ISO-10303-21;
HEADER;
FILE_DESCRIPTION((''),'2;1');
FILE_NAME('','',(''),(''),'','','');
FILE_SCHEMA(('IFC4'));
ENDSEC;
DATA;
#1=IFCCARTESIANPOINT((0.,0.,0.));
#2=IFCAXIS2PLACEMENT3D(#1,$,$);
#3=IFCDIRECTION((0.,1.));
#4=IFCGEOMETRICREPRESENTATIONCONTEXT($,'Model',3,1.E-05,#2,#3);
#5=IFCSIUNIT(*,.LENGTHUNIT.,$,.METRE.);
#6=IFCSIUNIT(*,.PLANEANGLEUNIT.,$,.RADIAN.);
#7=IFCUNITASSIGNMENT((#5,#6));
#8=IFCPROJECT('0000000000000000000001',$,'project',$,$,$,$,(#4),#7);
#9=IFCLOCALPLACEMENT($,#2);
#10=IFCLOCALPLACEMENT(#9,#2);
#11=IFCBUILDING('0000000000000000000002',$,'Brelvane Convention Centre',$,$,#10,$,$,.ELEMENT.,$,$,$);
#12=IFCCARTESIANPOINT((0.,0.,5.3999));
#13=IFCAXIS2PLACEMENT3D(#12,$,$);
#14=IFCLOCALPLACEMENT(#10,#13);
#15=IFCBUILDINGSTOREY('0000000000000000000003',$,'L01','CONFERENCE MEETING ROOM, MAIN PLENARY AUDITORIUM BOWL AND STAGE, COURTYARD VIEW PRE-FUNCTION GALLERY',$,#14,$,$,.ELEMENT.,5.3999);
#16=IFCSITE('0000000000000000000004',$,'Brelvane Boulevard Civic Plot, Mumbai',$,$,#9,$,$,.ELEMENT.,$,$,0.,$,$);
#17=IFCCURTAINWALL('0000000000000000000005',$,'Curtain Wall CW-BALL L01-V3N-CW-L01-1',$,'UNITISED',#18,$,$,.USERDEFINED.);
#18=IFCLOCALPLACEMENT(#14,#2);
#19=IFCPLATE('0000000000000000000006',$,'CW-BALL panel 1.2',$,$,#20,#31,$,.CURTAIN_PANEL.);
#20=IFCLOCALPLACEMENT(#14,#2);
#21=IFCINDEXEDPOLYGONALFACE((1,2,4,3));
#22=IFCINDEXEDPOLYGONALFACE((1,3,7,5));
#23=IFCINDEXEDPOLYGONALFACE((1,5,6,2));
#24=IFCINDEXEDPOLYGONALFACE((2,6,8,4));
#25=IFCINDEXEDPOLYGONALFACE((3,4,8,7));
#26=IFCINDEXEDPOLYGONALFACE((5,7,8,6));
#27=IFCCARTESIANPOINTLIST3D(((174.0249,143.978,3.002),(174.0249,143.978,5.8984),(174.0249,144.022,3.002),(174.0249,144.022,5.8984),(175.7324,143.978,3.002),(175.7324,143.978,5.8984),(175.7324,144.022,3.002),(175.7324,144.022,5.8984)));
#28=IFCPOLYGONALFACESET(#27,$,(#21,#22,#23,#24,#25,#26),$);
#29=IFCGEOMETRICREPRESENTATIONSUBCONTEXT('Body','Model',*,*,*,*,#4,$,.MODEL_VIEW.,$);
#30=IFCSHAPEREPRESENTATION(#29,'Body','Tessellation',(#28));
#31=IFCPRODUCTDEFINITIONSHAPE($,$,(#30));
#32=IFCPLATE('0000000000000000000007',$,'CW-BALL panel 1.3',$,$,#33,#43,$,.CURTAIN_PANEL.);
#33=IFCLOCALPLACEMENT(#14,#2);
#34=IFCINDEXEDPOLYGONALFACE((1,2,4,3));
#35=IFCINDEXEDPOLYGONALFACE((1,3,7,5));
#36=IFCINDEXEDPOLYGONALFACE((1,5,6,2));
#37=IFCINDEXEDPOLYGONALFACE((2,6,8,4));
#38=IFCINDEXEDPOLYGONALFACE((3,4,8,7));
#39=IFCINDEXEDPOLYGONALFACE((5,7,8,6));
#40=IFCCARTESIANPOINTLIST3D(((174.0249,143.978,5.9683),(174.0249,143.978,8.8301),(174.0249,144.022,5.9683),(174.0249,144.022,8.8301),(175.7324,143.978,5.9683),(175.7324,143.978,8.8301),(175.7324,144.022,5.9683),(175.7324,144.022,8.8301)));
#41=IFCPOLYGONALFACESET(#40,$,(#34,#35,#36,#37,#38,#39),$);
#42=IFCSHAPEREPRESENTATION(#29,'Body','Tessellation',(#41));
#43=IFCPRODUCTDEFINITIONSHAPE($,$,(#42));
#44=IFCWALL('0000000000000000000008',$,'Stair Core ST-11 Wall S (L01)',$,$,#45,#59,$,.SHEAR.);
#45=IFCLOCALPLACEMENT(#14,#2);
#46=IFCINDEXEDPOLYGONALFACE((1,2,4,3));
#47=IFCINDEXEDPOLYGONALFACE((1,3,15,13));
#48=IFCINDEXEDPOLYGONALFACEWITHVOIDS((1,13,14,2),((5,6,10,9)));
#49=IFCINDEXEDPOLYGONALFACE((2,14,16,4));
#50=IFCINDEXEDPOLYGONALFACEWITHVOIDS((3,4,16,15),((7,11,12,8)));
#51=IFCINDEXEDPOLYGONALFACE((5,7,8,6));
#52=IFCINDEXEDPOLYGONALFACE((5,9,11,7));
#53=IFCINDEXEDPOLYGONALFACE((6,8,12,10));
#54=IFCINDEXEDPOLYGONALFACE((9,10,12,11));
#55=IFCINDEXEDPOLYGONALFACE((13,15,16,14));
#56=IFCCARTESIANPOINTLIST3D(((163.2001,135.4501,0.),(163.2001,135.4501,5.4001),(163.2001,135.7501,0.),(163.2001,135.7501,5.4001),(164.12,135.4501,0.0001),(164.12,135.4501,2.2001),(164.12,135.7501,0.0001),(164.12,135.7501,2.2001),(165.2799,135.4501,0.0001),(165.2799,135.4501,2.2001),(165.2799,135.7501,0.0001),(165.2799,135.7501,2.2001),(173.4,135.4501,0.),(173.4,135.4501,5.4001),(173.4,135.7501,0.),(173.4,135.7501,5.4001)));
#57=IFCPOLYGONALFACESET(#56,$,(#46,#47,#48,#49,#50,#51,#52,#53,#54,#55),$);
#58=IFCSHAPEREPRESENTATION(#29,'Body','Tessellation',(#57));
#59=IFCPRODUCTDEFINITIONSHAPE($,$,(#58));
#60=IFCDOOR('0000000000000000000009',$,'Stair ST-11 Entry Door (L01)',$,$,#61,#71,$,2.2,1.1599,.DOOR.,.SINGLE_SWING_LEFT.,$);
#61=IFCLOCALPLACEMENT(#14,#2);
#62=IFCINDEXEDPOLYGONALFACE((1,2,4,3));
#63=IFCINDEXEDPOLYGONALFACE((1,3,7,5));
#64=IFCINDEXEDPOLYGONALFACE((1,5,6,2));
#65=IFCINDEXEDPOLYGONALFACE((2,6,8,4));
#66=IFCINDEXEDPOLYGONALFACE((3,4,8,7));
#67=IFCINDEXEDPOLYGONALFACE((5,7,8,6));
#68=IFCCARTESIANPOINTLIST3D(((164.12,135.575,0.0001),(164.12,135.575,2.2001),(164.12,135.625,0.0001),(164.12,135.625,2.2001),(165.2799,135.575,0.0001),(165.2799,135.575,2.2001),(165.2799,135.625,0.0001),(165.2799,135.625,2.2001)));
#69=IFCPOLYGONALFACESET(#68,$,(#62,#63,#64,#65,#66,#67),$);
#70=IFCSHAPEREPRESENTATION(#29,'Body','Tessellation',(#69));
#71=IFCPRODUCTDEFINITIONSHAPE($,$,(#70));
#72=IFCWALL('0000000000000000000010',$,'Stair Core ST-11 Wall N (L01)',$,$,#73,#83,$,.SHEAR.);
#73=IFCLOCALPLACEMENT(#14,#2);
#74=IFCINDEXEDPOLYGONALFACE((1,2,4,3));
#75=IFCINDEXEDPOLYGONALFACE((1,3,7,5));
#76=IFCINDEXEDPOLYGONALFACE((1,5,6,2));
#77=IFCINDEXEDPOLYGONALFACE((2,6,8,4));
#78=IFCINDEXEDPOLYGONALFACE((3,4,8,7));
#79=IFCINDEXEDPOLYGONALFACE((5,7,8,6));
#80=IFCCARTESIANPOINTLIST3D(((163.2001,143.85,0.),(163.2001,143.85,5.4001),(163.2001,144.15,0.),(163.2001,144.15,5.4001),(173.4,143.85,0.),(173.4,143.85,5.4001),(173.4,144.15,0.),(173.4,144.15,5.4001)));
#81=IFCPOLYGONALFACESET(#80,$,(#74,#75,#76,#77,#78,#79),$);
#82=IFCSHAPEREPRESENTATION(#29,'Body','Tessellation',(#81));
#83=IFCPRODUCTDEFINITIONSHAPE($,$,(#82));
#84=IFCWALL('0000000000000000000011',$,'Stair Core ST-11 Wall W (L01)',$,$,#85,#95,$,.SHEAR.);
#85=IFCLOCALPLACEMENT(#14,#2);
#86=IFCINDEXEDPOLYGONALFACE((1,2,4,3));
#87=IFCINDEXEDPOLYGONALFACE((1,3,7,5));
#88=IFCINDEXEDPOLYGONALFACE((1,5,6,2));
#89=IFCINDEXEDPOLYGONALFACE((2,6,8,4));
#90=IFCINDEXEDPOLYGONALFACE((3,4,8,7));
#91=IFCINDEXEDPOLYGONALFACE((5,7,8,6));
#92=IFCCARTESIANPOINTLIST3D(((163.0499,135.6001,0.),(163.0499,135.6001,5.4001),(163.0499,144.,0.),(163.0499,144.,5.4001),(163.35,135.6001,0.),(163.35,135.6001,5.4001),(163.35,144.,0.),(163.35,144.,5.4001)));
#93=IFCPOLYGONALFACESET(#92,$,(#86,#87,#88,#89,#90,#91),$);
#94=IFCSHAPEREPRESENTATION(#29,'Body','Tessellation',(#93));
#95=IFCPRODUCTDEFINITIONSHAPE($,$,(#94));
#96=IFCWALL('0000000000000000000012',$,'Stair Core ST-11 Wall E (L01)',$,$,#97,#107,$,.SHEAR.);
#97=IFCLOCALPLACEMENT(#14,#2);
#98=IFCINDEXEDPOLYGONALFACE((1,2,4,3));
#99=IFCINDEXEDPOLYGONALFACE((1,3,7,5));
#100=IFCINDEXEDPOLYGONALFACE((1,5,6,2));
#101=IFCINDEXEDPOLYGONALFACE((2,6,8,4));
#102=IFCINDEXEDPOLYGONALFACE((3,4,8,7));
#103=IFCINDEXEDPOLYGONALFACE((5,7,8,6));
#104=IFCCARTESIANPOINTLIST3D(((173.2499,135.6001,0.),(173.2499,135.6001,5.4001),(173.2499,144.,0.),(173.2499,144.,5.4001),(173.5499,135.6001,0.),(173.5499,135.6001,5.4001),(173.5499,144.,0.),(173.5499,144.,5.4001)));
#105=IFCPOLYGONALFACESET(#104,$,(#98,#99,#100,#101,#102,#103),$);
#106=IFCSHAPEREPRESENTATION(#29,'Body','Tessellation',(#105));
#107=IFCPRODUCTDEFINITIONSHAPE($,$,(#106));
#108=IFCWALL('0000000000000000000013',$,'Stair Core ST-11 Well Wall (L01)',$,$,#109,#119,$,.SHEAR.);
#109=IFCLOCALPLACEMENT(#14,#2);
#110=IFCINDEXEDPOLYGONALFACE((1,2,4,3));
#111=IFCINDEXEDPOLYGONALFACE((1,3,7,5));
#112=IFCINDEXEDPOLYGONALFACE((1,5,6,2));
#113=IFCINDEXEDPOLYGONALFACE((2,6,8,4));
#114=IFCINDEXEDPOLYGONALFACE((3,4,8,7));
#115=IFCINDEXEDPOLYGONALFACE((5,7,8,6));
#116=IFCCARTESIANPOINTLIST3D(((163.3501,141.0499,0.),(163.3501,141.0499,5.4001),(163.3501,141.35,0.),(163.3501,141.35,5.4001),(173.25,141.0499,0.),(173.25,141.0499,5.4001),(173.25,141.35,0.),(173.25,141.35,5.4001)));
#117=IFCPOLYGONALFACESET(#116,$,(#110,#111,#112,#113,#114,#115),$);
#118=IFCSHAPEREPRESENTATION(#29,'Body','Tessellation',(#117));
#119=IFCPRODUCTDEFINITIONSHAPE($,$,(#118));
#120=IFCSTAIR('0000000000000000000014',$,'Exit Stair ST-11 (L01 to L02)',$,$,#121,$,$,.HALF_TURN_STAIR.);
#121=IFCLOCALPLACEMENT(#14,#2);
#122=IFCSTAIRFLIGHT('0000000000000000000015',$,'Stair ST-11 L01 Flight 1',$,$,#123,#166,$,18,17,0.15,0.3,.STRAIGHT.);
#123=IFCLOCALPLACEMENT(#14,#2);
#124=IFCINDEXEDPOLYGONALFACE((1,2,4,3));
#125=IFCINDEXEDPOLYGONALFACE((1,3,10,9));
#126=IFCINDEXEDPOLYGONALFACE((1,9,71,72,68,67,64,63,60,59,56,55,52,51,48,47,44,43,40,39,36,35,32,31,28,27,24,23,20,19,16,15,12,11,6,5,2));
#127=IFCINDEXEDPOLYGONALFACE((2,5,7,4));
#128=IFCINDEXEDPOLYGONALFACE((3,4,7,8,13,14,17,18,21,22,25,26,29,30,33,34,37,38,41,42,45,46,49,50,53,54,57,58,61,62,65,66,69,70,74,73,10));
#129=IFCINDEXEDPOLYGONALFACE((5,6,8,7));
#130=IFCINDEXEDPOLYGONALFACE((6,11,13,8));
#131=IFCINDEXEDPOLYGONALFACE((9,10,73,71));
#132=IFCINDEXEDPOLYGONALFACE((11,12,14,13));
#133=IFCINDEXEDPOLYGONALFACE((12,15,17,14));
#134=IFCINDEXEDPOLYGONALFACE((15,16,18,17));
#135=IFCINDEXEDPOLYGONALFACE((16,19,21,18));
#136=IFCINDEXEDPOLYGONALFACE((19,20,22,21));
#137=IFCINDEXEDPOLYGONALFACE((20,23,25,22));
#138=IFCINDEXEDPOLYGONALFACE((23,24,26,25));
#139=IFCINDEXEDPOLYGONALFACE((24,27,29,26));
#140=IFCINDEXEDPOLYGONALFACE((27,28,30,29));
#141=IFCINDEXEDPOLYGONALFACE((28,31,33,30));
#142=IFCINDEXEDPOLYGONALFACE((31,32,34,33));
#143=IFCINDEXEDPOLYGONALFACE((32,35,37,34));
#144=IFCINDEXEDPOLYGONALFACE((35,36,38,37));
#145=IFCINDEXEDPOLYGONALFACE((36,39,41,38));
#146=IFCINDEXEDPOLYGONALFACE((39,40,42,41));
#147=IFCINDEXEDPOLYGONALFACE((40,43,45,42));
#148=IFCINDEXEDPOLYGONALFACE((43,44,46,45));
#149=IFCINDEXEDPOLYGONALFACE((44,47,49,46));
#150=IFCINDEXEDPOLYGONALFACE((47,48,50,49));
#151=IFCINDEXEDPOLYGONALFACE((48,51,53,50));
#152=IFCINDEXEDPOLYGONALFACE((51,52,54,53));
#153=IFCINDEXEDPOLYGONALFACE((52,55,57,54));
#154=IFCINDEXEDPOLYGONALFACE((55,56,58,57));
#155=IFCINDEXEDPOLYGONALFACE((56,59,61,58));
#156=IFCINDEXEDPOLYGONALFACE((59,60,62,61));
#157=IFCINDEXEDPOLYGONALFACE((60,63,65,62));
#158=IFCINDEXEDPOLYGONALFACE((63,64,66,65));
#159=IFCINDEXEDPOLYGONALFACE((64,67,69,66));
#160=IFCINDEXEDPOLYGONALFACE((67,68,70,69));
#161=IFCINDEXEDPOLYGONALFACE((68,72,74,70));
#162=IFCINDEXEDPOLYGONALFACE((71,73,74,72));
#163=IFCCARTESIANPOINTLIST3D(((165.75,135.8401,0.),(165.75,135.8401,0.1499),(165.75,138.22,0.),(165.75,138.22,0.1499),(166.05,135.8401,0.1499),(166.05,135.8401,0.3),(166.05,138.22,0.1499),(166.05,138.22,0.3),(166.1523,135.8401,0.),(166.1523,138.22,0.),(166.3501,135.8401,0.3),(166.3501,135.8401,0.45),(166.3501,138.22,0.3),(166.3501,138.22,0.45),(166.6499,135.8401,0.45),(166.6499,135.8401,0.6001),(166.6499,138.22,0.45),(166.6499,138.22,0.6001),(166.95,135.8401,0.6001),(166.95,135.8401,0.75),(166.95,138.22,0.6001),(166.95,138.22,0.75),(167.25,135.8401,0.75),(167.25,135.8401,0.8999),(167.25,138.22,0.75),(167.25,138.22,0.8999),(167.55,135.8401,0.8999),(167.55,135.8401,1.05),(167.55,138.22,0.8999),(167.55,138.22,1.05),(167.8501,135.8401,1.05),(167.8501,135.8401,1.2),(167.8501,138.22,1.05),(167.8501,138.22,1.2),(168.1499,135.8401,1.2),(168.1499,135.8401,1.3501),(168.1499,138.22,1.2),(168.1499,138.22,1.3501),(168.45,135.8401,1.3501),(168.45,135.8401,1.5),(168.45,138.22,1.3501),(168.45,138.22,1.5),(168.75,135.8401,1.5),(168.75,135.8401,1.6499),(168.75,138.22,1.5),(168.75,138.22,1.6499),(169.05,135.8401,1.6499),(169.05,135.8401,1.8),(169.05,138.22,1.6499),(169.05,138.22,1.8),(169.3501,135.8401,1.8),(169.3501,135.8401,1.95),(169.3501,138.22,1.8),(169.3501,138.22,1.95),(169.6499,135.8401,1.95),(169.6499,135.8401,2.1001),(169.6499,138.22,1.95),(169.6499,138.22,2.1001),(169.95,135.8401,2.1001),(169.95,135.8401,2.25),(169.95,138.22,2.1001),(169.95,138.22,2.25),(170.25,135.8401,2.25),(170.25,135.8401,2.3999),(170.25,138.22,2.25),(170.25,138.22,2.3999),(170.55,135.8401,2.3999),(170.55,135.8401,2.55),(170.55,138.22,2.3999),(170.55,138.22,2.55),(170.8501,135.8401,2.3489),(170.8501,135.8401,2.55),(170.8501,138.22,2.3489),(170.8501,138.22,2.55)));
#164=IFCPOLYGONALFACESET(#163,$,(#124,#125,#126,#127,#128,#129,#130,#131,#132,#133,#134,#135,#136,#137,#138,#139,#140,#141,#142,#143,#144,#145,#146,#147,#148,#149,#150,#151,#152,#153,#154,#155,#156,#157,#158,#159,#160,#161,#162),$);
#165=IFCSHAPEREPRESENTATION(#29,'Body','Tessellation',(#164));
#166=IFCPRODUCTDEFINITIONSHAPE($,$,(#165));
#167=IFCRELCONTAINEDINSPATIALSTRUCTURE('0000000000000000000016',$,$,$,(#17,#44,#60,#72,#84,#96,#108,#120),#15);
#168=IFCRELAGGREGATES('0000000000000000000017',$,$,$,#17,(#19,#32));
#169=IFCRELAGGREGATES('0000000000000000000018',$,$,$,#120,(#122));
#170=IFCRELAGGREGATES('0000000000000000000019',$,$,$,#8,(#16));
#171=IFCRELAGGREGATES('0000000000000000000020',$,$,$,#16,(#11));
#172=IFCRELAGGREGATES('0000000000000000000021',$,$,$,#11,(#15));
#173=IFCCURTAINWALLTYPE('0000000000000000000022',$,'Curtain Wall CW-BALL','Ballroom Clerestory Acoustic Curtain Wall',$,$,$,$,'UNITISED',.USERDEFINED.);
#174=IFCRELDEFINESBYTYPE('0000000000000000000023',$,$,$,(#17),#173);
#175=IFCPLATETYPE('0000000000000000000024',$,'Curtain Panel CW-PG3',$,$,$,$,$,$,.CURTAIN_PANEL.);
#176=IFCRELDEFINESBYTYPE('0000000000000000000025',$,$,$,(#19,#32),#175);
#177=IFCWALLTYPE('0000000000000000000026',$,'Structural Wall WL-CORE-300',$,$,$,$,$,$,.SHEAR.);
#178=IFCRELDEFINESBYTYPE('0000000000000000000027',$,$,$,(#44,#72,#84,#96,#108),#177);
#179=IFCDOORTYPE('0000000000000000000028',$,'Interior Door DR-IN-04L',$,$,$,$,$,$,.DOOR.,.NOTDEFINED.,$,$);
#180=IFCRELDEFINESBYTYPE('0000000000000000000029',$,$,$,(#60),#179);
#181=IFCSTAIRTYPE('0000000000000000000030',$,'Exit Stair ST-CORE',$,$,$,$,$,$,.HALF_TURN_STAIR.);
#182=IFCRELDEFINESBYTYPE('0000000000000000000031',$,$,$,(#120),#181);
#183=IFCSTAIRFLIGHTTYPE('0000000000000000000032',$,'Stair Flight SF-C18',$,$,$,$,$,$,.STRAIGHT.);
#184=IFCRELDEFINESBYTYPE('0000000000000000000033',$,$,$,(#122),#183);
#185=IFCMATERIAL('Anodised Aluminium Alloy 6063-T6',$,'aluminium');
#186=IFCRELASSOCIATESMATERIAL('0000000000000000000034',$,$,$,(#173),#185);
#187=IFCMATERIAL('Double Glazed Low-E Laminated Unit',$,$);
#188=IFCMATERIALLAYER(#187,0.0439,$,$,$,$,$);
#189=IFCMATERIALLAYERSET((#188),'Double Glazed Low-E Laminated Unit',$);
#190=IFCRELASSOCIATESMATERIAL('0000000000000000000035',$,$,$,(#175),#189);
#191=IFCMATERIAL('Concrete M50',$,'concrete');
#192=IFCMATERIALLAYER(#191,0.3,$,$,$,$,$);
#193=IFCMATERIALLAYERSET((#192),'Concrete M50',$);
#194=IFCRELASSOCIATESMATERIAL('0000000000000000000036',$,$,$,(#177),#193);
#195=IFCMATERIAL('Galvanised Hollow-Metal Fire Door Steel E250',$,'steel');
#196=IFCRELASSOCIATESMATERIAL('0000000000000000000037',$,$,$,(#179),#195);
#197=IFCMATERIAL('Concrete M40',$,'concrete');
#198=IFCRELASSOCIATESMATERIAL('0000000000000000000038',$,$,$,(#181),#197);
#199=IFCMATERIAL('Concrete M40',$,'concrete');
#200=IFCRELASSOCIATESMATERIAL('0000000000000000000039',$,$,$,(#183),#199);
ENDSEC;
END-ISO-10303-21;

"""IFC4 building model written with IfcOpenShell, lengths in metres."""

from ifc_helpers import new_model, si_unit, direction, frame, frame_2d, origin, origin_2d, place, context, subcontext, project, spatial, polyline, rectangle, outline, extrude, material, layer, layer_set, type_object, element, fill, aggregate, save


model = new_model("IFC4")

# Units and contexts
model_context = context("Model", 3, precision=1e-05, world=origin(), true_north=direction((0.0, 1.0)))
body_context = subcontext(model_context, "Body", "Model", "MODEL_VIEW")
ifc_project = project(units=[si_unit("LENGTHUNIT", "METRE"), si_unit("PLANEANGLEUNIT", "RADIAN")], contexts=[model_context])

# Site, building, storey
site_placement = place(None, origin())
site = spatial("IfcSite", under=ifc_project, at=site_placement, Name="Brelvane Boulevard Civic Plot, Mumbai", CompositionType="ELEMENT", RefElevation=0.0)
building_placement = place(site_placement, origin())
building = spatial("IfcBuilding", under=site, at=building_placement, Name="Brelvane Convention Centre", CompositionType="ELEMENT")
storey_placement = place(building_placement, frame((0.0, 0.0, 5.3999)))
storey = spatial("IfcBuildingStorey", under=building, at=storey_placement, Name="L01", Description="CONFERENCE MEETING ROOM, MAIN PLENARY AUDITORIUM BOWL AND STAGE, COURTYARD VIEW PRE-FUNCTION GALLERY", CompositionType="ELEMENT", Elevation=5.3999)

# Curtain wall
ifc_material_1 = material(Name="Anodised Aluminium Alloy 6063-T6", Category="aluminium")
curtain_wall_type = type_object("IfcCurtainWallType", Name="Curtain Wall CW-BALL", Description="Ballroom Clerestory Acoustic Curtain Wall", ElementType="UNITISED", PredefinedType="USERDEFINED", material=ifc_material_1)
curtain_wall_placement = place(storey_placement, origin())
curtain_wall = element("IfcCurtainWall", 1, at=curtain_wall_placement, inside=storey, type_object=curtain_wall_type, Name="Curtain Wall CW-BALL L01-V3N-CW-L01-1", ObjectType="UNITISED", PredefinedType="USERDEFINED")

# Plates
ifc_material_2 = material(Name="Double Glazed Low-E Laminated Unit")
ifc_layer_1 = layer(ifc_material_2, 0.0439)
ifc_layer_set_1 = layer_set([ifc_layer_1], Name="Double Glazed Low-E Laminated Unit")
plate_type = type_object("IfcPlateType", Name="Curtain Panel CW-PG3", PredefinedType="CURTAIN_PANEL", material=ifc_layer_set_1)
plate_1_placement = place(storey_placement, frame((174.8787, 144.0, 3.002), z_axis=(0.0, 0.0, 1.0), x_axis=(1.0, 0.0, 0.0)))
plate_1 = element("IfcPlate", 2, at=plate_1_placement, type_object=plate_type, Name="CW-BALL panel 1.2", PredefinedType="CURTAIN_PANEL", context=body_context, shape_type="SweptSolid", body=[
    extrude(rectangle(XDim=1.7075, YDim=0.0439, at=origin_2d()), origin(), (0.0, 0.0, 1.0), 2.8965),
])
plate_2_placement = place(storey_placement, frame((174.8787, 144.0, 5.9683), z_axis=(0.0, 0.0, 1.0), x_axis=(1.0, 0.0, 0.0)))
plate_2 = element("IfcPlate", 3, at=plate_2_placement, type_object=plate_type, Name="CW-BALL panel 1.3", PredefinedType="CURTAIN_PANEL", context=body_context, shape_type="SweptSolid", body=[
    extrude(rectangle(XDim=1.7075, YDim=0.0439, at=origin_2d()), origin(), (0.0, 0.0, 1.0), 2.8618),
])
aggregate(curtain_wall, [plate_1, plate_2])

# Wall, opening, door
ifc_material_3 = material(Name="Concrete M50", Category="concrete")
ifc_layer_2 = layer(ifc_material_3, 0.3)
ifc_layer_set_2 = layer_set([ifc_layer_2], Name="Concrete M50")
wall_type = type_object("IfcWallType", Name="Structural Wall WL-CORE-300", PredefinedType="SHEAR", material=ifc_layer_set_2)
wall_1_placement = place(storey_placement, frame((163.2, 135.6001, 0.0), z_axis=(0.0, 0.0, 1.0), x_axis=(1.0, 0.0, 0.0)))
wall_1 = element("IfcWall", 4, at=wall_1_placement, inside=storey, type_object=wall_type, Name="Stair Core ST-11 Wall S (L01)", PredefinedType="SHEAR", context=body_context, shape_type="SweptSolid", body=[
    extrude(rectangle(XDim=10.2, YDim=0.3, at=frame_2d((5.1001, 0.0))), origin(), (0.0, 0.0, 1.0), 5.4001),
])
opening_placement = place(wall_1_placement, frame((0.9199, 0.0, 0.0)))
opening = element("IfcOpeningElement", 5, at=opening_placement, cuts=wall_1, PredefinedType="OPENING", context=body_context, shape_type="SweptSolid", body=[
    extrude(rectangle(XDim=1.1599, YDim=2.2, at=frame_2d((0.5801, 1.1001))), frame((0.0, 0.1599, 0.0), z_axis=(0.0, -1.0, 0.0), x_axis=(1.0, 0.0, 0.0)), (0.0, 0.0, 1.0), 0.3201),
])
ifc_material_4 = material(Name="Galvanised Hollow-Metal Fire Door Steel E250", Category="steel")
door_type = type_object("IfcDoorType", Name="Interior Door DR-IN-04L", OperationType="NOTDEFINED", PredefinedType="DOOR", material=ifc_material_4)
door_placement = place(opening_placement, origin())
door = element("IfcDoor", 6, at=door_placement, inside=storey, type_object=door_type, Name="Stair ST-11 Entry Door (L01)", OperationType="SINGLE_SWING_LEFT", OverallHeight=2.2, OverallWidth=1.1599, PredefinedType="DOOR", context=body_context, shape_type="SweptSolid", body=[
    extrude(rectangle(XDim=1.1599, YDim=2.2, at=frame_2d((0.5801, 1.1001))), frame((0.0, 0.0249, 0.0), z_axis=(0.0, -1.0, 0.0), x_axis=(1.0, 0.0, 0.0)), (0.0, 0.0, 1.0), 0.05),
])
fill(opening, door)

# Walls
wall_2_placement = place(storey_placement, frame((163.2, 144.0, 0.0), z_axis=(0.0, 0.0, 1.0), x_axis=(1.0, 0.0, 0.0)))
element("IfcWall", 7, at=wall_2_placement, inside=storey, type_object=wall_type, Name="Stair Core ST-11 Wall N (L01)", PredefinedType="SHEAR", context=body_context, shape_type="SweptSolid", body=[
    extrude(rectangle(XDim=10.2, YDim=0.3, at=frame_2d((5.1001, 0.0))), origin(), (0.0, 0.0, 1.0), 5.4001),
])
for number, where, z_axis, x_axis, name in (
    (8, (163.2, 135.6001, 0.0), (0.0, 0.0, 1.0), (0.0, 1.0, 0.0), "Stair Core ST-11 Wall W (L01)"),
    (9, (173.3999, 135.6001, 0.0), (0.0, 0.0, 1.0), (0.0, 1.0, 0.0), "Stair Core ST-11 Wall E (L01)"),
):
    element("IfcWall", number, at=place(storey_placement, frame(where, z_axis=z_axis, x_axis=x_axis)), inside=storey, type_object=wall_type, Name=name, PredefinedType="SHEAR", context=body_context, shape_type="SweptSolid", body=[
        extrude(rectangle(XDim=8.3999, YDim=0.3, at=frame_2d((4.2, 0.0))), origin(), (0.0, 0.0, 1.0), 5.4001),
    ])
wall_3_placement = place(storey_placement, frame((163.3501, 141.2, 0.0), z_axis=(0.0, 0.0, 1.0), x_axis=(1.0, 0.0, 0.0)))
element("IfcWall", 10, at=wall_3_placement, inside=storey, type_object=wall_type, Name="Stair Core ST-11 Well Wall (L01)", PredefinedType="SHEAR", context=body_context, shape_type="SweptSolid", body=[
    extrude(rectangle(XDim=9.8999, YDim=0.3, at=frame_2d((4.95, 0.0))), origin(), (0.0, 0.0, 1.0), 5.4001),
])

# Stair, stair flight
ifc_material_5 = material(Name="Concrete M40", Category="concrete")
stair_type = type_object("IfcStairType", Name="Exit Stair ST-CORE", PredefinedType="HALF_TURN_STAIR", material=ifc_material_5)
stair_placement = place(storey_placement, origin())
stair = element("IfcStair", 11, at=stair_placement, inside=storey, type_object=stair_type, Name="Exit Stair ST-11 (L01 to L02)", PredefinedType="HALF_TURN_STAIR")
ifc_material_6 = material(Name="Concrete M40", Category="concrete")
stair_flight_type = type_object("IfcStairFlightType", Name="Stair Flight SF-C18", PredefinedType="STRAIGHT", material=ifc_material_6)
stair_flight_1_placement = place(storey_placement, frame((165.75, 137.03, 0.0), z_axis=(0.0, 0.0, 1.0), x_axis=(1.0, 0.0, 0.0)))
stair_flight_1 = element("IfcStairFlight", 12, at=stair_flight_1_placement, type_object=stair_flight_type, Name="Stair ST-11 L01 Flight 1", NumberOfRisers=18, NumberOfTreads=17, PredefinedType="STRAIGHT", RiserHeight=0.15, TreadLength=0.3, context=body_context, shape_type="SweptSolid", body=[
    extrude(outline(polyline([(0.0, 0.0), (0.0, 0.1499), (0.3, 0.1499), (0.3, 0.3), (0.6001, 0.3), (0.6001, 0.45), (0.8999, 0.45), (0.8999, 0.6001), (1.2, 0.6001), (1.2, 0.75), (1.5, 0.75), (1.5, 0.8999), (1.8, 0.8999), (1.8, 1.05), (2.1001, 1.05), (2.1001, 1.2), (2.3999, 1.2), (2.3999, 1.3501), (2.7, 1.3501), (2.7, 1.5), (3.0, 1.5), (3.0, 1.6499), (3.3, 1.6499), (3.3, 1.8), (3.6001, 1.8), (3.6001, 1.95), (3.8999, 1.95), (3.8999, 2.1001), (4.2, 2.1001), (4.2, 2.25), (4.5, 2.25), (4.5, 2.3999), (4.8, 2.3999), (4.8, 2.55), (5.1001, 2.55), (5.1001, 2.7), (5.1001, 2.3489), (0.4023, 0.0), (0.0, 0.0)])), frame((0.0, 1.1899, 0.0), z_axis=(0.0, -1.0, 0.0), x_axis=(1.0, 0.0, 0.0)), (0.0, 0.0, 1.0), 2.3799),
])
aggregate(stair, [stair_flight_1])

save(model, "model.ifc")
